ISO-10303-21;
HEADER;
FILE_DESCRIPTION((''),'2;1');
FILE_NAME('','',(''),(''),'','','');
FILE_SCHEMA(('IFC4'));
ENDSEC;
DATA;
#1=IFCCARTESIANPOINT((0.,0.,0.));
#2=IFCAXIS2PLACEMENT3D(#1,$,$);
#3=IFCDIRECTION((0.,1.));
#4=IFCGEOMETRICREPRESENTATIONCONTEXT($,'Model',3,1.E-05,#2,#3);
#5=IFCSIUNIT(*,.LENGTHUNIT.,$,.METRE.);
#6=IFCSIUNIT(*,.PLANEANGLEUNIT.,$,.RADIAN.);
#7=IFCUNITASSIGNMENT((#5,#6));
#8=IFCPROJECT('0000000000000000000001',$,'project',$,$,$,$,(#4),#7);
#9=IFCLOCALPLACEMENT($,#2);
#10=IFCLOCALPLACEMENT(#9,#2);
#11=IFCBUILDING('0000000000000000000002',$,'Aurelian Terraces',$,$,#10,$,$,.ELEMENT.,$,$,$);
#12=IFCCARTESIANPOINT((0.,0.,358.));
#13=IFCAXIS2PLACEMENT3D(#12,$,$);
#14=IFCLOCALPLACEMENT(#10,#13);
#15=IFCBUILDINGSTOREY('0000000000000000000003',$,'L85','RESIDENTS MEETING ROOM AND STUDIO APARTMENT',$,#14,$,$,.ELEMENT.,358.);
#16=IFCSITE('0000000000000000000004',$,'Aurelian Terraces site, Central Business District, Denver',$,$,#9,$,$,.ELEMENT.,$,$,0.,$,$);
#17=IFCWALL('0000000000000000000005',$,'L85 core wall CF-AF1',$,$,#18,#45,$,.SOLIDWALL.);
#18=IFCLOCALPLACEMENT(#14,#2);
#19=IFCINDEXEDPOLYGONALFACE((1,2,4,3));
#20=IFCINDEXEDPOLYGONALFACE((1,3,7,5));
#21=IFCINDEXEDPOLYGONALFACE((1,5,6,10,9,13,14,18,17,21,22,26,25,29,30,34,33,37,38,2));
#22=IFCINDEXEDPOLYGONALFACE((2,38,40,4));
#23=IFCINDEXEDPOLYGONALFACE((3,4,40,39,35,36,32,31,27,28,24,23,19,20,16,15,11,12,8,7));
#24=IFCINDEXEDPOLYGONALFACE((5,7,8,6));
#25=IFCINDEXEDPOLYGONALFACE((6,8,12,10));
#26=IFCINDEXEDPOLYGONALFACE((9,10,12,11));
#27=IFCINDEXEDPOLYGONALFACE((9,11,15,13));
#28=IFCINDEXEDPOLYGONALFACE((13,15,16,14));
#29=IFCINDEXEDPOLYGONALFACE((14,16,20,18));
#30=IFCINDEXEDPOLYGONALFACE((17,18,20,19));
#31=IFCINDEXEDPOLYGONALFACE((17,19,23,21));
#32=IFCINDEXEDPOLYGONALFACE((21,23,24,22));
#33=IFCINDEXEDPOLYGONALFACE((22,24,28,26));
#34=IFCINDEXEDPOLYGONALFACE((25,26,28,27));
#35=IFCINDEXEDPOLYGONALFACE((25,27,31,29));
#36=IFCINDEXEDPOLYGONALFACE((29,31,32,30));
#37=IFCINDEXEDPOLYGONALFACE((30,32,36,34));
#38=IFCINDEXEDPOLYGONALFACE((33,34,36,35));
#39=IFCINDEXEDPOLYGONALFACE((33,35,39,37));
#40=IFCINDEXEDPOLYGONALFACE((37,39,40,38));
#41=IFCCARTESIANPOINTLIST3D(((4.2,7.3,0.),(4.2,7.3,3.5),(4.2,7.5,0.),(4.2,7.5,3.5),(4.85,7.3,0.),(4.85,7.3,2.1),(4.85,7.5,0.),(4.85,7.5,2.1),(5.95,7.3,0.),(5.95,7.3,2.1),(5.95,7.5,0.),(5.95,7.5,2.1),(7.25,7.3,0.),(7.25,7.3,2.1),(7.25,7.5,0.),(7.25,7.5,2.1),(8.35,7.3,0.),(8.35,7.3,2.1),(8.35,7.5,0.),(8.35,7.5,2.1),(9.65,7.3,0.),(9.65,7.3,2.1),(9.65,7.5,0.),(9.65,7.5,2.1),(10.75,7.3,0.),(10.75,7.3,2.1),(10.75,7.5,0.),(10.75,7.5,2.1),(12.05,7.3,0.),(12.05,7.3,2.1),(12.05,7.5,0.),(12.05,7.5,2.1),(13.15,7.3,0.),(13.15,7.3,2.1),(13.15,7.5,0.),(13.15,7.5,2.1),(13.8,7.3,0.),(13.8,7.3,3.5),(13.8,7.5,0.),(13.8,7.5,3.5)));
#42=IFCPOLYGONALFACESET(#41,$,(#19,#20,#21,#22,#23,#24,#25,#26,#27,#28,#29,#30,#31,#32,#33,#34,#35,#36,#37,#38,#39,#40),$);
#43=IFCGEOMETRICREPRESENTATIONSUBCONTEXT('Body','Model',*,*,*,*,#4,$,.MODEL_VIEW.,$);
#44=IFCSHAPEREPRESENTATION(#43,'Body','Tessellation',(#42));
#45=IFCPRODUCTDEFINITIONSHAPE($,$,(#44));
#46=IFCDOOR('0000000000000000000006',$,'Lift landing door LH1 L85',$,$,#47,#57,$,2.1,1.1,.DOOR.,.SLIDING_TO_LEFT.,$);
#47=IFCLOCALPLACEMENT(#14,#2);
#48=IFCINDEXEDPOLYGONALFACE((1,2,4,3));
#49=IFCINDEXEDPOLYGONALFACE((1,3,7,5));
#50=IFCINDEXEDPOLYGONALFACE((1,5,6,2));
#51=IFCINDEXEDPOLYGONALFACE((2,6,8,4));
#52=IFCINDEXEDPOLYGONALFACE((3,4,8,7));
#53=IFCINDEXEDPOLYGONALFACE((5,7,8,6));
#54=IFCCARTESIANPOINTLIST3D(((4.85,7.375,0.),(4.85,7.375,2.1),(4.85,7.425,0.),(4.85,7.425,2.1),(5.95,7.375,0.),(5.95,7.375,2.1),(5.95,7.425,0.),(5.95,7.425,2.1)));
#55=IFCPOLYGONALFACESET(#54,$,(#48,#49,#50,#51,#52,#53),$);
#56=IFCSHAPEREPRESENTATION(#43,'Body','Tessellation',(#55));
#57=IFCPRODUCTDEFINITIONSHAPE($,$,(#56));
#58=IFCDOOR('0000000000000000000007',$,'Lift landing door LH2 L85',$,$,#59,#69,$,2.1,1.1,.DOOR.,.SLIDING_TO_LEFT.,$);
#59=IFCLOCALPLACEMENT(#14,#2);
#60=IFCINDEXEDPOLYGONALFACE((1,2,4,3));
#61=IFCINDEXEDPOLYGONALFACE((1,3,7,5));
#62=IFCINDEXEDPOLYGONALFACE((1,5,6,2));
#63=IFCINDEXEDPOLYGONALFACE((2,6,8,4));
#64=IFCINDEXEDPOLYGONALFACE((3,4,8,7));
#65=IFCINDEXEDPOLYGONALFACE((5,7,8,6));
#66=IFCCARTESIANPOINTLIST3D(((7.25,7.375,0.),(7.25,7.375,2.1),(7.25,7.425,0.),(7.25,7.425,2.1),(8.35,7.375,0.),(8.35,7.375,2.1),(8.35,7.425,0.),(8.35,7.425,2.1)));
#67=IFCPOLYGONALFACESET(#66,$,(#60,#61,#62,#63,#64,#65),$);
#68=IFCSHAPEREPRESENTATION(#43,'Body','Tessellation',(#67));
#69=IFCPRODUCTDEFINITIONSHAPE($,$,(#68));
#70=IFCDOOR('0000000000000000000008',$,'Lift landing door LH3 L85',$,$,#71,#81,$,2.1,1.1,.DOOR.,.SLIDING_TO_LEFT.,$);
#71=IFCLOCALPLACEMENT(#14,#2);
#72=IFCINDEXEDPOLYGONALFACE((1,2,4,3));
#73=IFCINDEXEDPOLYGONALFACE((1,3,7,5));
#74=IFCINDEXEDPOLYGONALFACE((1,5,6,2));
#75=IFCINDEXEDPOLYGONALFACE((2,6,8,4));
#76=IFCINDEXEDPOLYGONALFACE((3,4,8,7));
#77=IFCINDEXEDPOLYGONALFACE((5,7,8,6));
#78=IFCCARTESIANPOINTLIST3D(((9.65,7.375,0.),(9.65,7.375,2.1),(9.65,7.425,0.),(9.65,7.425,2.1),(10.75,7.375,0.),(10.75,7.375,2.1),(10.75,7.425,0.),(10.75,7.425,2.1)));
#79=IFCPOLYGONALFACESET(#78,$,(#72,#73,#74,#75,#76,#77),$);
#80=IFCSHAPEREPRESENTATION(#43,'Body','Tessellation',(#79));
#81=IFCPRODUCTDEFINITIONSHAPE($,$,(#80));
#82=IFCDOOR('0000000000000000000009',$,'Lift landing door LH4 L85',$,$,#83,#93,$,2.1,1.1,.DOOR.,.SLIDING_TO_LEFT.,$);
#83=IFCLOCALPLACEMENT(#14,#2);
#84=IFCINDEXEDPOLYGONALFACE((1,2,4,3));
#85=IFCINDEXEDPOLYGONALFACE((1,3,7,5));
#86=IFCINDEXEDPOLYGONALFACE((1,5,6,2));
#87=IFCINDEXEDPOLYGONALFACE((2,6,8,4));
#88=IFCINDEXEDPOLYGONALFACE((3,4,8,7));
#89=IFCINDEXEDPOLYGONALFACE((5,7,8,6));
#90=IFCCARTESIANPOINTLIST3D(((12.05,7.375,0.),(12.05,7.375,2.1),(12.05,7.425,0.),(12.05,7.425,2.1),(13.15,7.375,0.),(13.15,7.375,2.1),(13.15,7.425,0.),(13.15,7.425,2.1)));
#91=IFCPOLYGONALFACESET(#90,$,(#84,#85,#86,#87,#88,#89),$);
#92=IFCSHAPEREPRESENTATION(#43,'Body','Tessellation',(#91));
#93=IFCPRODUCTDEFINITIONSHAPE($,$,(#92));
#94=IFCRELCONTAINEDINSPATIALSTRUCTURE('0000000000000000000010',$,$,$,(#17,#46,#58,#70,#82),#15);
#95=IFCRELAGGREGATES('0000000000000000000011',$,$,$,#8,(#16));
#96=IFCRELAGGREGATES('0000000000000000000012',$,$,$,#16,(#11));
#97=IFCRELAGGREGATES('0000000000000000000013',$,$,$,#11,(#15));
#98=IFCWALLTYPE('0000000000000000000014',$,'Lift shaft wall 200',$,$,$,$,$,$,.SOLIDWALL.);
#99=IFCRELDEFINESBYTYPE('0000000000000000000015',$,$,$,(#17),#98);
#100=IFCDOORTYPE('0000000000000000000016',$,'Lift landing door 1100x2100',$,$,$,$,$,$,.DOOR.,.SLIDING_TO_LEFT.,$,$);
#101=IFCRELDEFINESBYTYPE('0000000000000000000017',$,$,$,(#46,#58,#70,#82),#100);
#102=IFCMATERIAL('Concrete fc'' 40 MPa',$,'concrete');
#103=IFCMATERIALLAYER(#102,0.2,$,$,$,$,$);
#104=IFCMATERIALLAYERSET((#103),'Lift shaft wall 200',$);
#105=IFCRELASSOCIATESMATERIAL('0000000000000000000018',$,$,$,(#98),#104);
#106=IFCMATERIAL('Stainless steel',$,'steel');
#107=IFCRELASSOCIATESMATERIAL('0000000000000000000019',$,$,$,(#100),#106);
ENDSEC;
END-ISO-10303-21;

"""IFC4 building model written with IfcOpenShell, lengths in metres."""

from ifc_helpers import new_model, si_unit, direction, frame, frame_2d, origin, place, context, subcontext, project, spatial, rectangle, extrude, source, transform, mapped, material, layer, layer_set, type_object, element, fill, save


model = new_model("IFC4")

# Units and contexts
model_context = context("Model", 3, precision=1e-05, world=origin(), true_north=direction((0.0, 1.0)))
body_context = subcontext(model_context, "Body", "Model", "MODEL_VIEW")
ifc_project = project(units=[si_unit("LENGTHUNIT", "METRE"), si_unit("PLANEANGLEUNIT", "RADIAN")], contexts=[model_context])

# Site, building, storey
site_placement = place(None, origin())
site = spatial("IfcSite", under=ifc_project, at=site_placement, Name="Aurelian Terraces site, Central Business District, Denver", CompositionType="ELEMENT", RefElevation=0.0)
building_placement = place(site_placement, origin())
building = spatial("IfcBuilding", under=site, at=building_placement, Name="Aurelian Terraces", CompositionType="ELEMENT")
storey_placement = place(building_placement, frame((0.0, 0.0, 358.0)))
storey = spatial("IfcBuildingStorey", under=building, at=storey_placement, Name="L85", Description="RESIDENTS MEETING ROOM AND STUDIO APARTMENT", CompositionType="ELEMENT", Elevation=358.0)

# Shared definitions
ifc_material_1 = material(Name="Concrete fc' 40 MPa", Category="concrete")

# Wall, openings, doors
ifc_layer_1 = layer(ifc_material_1, 0.2)
ifc_layer_set_1 = layer_set([ifc_layer_1], Name="Lift shaft wall 200")
wall_type_1 = type_object("IfcWallType", Name="Lift shaft wall 200", PredefinedType="SOLIDWALL", material=ifc_layer_set_1)
shared_shape_1 = source(origin(), body_context, "Body", "SweptSolid", [
    extrude(rectangle(XDim=9.6, YDim=0.2, at=frame_2d((4.8, 0.0))), origin(), (0.0, 0.0, 1.0), 3.5),
])
wall_1_placement = place(storey_placement, frame((4.2, 7.4, 0.0), z_axis=(0.0, 0.0, 1.0), x_axis=(1.0, 0.0, 0.0)))
wall_1 = element("IfcWall", 1, at=wall_1_placement, inside=storey, type_object=wall_type_1, Name="L85 core wall CF-AF1", PredefinedType="SOLIDWALL", context=body_context, shape_type="MappedRepresentation", body=[
    mapped(shared_shape_1, transform((0.0, 0.0, 0.0), scale=1.0)),
])
shared_shape_2 = source(origin(), body_context, "Body", "SweptSolid", [
    extrude(rectangle(XDim=1.1, YDim=2.1, at=frame_2d((0.55, 1.05))), frame((0.0, 0.11, 0.0), z_axis=(0.0, -1.0, 0.0), x_axis=(1.0, 0.0, 0.0)), (0.0, 0.0, 1.0), 0.22),
])
opening_1_placement = place(wall_1_placement, frame((0.65, 0.0, 0.0)))
opening_1 = element("IfcOpeningElement", 2, at=opening_1_placement, cuts=wall_1, PredefinedType="OPENING", context=body_context, shape_type="MappedRepresentation", body=[
    mapped(shared_shape_2, transform((0.0, 0.0, 0.0), scale=1.0)),
])
opening_2_placement = place(wall_1_placement, frame((3.05, 0.0, 0.0)))
opening_2 = element("IfcOpeningElement", 3, at=opening_2_placement, cuts=wall_1, PredefinedType="OPENING", context=body_context, shape_type="MappedRepresentation", body=[
    mapped(shared_shape_2, transform((0.0, 0.0, 0.0), scale=1.0)),
])
opening_3_placement = place(wall_1_placement, frame((5.45, 0.0, 0.0)))
opening_3 = element("IfcOpeningElement", 4, at=opening_3_placement, cuts=wall_1, PredefinedType="OPENING", context=body_context, shape_type="MappedRepresentation", body=[
    mapped(shared_shape_2, transform((0.0, 0.0, 0.0), scale=1.0)),
])
opening_4_placement = place(wall_1_placement, frame((7.85, 0.0, 0.0)))
opening_4 = element("IfcOpeningElement", 5, at=opening_4_placement, cuts=wall_1, PredefinedType="OPENING", context=body_context, shape_type="MappedRepresentation", body=[
    mapped(shared_shape_2, transform((0.0, 0.0, 0.0), scale=1.0)),
])
ifc_material_2 = material(Name="Stainless steel", Category="steel")
door_type_1 = type_object("IfcDoorType", Name="Lift landing door 1100x2100", OperationType="SLIDING_TO_LEFT", PredefinedType="DOOR", material=ifc_material_2)
shared_shape_3 = source(origin(), body_context, "Body", "SweptSolid", [
    extrude(rectangle(XDim=1.1, YDim=2.1, at=frame_2d((0.55, 1.05))), frame((0.0, 0.025, 0.0), z_axis=(0.0, -1.0, 0.0), x_axis=(1.0, 0.0, 0.0)), (0.0, 0.0, 1.0), 0.05),
])
door_1_placement = place(opening_1_placement, origin())
door_1 = element("IfcDoor", 6, at=door_1_placement, inside=storey, type_object=door_type_1, Name="Lift landing door LH1 L85", OperationType="SLIDING_TO_LEFT", OverallHeight=2.1, OverallWidth=1.1, PredefinedType="DOOR", context=body_context, shape_type="MappedRepresentation", body=[
    mapped(shared_shape_3, transform((0.0, 0.0, 0.0), scale=1.0)),
])
fill(opening_1, door_1)
door_2_placement = place(opening_2_placement, origin())
door_2 = element("IfcDoor", 7, at=door_2_placement, inside=storey, type_object=door_type_1, Name="Lift landing door LH2 L85", OperationType="SLIDING_TO_LEFT", OverallHeight=2.1, OverallWidth=1.1, PredefinedType="DOOR", context=body_context, shape_type="MappedRepresentation", body=[
    mapped(shared_shape_3, transform((0.0, 0.0, 0.0), scale=1.0)),
])
fill(opening_2, door_2)
door_3_placement = place(opening_3_placement, origin())
door_3 = element("IfcDoor", 8, at=door_3_placement, inside=storey, type_object=door_type_1, Name="Lift landing door LH3 L85", OperationType="SLIDING_TO_LEFT", OverallHeight=2.1, OverallWidth=1.1, PredefinedType="DOOR", context=body_context, shape_type="MappedRepresentation", body=[
    mapped(shared_shape_3, transform((0.0, 0.0, 0.0), scale=1.0)),
])
fill(opening_3, door_3)
door_4_placement = place(opening_4_placement, origin())
door_4 = element("IfcDoor", 9, at=door_4_placement, inside=storey, type_object=door_type_1, Name="Lift landing door LH4 L85", OperationType="SLIDING_TO_LEFT", OverallHeight=2.1, OverallWidth=1.1, PredefinedType="DOOR", context=body_context, shape_type="MappedRepresentation", body=[
    mapped(shared_shape_3, transform((0.0, 0.0, 0.0), scale=1.0)),
])
fill(opening_4, door_4)

save(model, "model.ifc")
